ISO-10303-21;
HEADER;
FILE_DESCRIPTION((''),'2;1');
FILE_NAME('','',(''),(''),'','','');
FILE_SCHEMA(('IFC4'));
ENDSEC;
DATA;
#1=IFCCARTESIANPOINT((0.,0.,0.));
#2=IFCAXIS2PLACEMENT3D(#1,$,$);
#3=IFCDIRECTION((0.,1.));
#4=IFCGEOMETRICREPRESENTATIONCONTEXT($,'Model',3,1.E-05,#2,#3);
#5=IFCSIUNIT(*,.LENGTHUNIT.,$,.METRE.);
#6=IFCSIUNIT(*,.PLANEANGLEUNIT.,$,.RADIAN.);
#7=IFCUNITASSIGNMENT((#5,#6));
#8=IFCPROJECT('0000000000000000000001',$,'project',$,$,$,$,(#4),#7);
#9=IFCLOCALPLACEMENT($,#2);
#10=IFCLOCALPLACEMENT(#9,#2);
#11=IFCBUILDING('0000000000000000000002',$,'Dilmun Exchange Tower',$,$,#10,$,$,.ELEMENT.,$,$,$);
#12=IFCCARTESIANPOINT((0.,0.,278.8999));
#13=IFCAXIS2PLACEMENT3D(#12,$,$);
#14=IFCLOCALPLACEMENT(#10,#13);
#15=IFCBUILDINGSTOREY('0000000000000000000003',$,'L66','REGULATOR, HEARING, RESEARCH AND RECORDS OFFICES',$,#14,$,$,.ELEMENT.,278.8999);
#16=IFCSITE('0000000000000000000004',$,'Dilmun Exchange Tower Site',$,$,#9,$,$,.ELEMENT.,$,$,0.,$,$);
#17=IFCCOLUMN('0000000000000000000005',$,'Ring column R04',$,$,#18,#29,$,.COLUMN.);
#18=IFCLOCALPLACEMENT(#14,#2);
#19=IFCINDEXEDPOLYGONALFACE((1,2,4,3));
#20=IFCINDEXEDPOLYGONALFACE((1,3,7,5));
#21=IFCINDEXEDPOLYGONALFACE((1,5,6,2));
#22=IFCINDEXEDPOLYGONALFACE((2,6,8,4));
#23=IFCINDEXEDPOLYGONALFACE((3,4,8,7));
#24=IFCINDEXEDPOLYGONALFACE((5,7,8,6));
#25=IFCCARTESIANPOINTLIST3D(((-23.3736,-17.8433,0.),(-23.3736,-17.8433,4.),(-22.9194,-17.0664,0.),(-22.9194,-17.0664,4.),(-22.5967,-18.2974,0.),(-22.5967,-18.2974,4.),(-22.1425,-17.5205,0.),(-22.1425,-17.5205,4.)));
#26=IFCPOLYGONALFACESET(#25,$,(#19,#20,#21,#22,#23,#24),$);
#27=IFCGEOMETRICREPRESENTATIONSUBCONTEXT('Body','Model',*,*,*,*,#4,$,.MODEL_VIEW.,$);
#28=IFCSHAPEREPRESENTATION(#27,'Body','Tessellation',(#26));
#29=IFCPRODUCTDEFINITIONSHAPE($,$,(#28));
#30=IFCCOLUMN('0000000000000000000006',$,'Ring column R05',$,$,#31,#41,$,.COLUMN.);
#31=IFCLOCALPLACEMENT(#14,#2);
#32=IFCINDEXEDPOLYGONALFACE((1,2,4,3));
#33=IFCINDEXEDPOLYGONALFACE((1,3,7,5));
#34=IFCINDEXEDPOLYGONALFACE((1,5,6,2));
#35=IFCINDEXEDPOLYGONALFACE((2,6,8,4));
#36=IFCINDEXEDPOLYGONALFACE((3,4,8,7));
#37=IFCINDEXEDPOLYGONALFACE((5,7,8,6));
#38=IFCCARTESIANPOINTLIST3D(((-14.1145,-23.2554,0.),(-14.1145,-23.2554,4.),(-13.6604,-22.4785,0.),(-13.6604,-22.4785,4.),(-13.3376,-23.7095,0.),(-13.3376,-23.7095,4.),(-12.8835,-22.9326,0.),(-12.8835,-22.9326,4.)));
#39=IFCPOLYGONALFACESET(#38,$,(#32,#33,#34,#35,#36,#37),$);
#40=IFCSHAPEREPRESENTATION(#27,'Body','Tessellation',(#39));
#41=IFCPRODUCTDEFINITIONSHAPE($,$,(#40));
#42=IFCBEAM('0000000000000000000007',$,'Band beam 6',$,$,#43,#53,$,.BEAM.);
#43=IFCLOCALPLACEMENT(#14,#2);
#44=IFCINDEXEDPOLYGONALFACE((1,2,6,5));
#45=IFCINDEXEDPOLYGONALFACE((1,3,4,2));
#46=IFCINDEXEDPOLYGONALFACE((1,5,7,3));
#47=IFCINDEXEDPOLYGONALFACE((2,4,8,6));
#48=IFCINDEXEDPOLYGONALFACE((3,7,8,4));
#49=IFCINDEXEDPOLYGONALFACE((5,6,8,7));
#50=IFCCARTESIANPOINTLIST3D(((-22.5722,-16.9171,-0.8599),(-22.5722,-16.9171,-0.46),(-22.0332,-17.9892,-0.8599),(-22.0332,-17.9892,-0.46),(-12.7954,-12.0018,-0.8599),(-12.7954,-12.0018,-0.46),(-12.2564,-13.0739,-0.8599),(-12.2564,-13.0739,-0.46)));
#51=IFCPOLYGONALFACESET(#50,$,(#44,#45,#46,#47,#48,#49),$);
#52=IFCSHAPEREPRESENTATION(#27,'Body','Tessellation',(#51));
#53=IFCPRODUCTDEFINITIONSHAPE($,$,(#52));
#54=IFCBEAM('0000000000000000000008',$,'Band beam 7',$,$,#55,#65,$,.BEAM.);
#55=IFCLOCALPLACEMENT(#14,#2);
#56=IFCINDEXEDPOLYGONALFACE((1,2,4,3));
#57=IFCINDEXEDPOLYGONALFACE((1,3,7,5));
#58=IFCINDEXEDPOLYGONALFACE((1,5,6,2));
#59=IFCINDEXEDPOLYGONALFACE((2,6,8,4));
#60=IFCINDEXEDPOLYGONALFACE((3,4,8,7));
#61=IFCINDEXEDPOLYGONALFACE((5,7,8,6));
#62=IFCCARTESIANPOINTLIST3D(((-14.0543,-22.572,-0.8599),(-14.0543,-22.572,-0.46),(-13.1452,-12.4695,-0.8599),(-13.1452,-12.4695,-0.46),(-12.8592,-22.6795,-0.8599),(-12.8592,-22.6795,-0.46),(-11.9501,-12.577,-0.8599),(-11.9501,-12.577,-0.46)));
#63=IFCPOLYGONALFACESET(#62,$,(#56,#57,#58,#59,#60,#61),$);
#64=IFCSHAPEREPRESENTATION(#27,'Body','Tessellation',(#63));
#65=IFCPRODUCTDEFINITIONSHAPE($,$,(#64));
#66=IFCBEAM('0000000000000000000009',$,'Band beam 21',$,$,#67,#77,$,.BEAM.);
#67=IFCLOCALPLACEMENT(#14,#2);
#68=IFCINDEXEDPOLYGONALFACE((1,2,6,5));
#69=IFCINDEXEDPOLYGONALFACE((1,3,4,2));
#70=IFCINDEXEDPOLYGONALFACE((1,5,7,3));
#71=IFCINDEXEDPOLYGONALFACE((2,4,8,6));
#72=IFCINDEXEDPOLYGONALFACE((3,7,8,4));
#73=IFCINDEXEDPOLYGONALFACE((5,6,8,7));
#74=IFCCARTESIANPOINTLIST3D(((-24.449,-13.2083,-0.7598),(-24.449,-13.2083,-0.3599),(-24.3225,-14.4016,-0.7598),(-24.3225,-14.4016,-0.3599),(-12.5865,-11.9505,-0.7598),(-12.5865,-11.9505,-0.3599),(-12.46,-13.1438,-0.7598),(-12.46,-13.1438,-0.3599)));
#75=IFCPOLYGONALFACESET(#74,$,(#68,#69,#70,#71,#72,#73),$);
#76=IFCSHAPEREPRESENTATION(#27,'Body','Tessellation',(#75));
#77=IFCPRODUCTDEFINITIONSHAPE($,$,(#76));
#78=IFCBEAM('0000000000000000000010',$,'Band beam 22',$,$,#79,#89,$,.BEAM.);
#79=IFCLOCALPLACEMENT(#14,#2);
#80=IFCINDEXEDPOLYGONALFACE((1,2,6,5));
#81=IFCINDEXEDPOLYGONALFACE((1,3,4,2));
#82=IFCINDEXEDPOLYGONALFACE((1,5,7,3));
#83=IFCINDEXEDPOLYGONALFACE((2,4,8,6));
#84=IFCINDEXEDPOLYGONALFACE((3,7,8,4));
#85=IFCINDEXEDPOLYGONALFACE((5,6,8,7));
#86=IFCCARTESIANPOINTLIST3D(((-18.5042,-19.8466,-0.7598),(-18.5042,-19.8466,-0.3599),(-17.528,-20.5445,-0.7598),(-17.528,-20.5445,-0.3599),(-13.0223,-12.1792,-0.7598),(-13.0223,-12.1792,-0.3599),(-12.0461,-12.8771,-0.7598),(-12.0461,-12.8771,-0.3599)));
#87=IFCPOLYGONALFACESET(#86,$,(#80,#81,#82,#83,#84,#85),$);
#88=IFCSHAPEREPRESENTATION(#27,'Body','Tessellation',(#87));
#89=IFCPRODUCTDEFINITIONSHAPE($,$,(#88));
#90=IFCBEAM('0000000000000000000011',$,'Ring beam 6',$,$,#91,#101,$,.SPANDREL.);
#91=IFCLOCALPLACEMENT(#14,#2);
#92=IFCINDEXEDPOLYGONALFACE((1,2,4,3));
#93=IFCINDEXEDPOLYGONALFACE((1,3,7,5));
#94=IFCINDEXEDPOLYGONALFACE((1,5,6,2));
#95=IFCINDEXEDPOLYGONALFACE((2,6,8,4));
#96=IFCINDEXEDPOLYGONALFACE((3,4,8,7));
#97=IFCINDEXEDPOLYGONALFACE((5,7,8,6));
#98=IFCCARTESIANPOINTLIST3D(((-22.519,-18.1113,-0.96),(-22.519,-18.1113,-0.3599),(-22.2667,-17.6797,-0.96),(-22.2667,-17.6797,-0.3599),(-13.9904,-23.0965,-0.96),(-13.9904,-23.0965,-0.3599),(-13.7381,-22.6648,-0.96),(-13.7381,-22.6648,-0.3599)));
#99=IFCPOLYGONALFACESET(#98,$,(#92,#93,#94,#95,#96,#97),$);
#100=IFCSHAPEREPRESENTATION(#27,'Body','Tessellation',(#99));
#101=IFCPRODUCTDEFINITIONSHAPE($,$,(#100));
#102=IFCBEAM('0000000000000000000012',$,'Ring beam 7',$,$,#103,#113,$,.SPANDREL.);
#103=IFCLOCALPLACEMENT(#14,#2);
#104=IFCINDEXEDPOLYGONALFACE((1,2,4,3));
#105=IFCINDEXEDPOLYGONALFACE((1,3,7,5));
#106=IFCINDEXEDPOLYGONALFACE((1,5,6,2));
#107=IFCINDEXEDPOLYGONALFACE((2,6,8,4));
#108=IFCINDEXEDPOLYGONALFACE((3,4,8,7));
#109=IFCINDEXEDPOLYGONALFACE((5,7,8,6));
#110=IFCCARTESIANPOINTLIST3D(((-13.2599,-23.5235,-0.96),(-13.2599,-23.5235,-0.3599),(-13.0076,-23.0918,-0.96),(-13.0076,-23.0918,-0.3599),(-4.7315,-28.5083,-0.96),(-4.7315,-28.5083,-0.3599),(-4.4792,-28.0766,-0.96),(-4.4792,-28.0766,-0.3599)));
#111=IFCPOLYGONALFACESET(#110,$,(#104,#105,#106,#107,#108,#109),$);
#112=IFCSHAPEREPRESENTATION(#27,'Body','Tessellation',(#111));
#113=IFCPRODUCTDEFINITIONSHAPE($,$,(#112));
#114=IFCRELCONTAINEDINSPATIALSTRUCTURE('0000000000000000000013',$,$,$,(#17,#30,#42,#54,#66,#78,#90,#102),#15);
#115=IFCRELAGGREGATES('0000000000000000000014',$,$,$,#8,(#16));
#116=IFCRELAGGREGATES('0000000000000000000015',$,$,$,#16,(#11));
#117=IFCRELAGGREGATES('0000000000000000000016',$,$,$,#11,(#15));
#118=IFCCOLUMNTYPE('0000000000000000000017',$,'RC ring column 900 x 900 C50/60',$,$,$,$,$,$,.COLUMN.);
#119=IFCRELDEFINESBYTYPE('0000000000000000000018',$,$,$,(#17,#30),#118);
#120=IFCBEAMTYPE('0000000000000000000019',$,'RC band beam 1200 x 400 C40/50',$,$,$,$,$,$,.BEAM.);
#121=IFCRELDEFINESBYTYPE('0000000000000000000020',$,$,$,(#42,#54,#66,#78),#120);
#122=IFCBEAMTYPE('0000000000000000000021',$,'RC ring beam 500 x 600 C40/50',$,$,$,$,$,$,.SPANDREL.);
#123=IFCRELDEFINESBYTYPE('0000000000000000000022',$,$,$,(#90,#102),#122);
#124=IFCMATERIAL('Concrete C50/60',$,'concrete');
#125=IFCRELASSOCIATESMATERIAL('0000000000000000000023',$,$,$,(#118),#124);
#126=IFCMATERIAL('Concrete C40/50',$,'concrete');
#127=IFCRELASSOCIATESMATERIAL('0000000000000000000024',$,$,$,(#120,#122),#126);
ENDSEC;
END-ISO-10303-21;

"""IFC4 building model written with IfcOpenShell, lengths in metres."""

from ifc_helpers import new_model, si_unit, direction, frame, origin, origin_2d, place, context, subcontext, project, spatial, rectangle, extrude, material, material_profile, profile_set, type_object, element, save


model = new_model("IFC4")

# Units and contexts
model_context = context("Model", 3, precision=1e-05, world=origin(), true_north=direction((0.0, 1.0)))
body_context = subcontext(model_context, "Body", "Model", "MODEL_VIEW")
ifc_project = project(units=[si_unit("LENGTHUNIT", "METRE"), si_unit("PLANEANGLEUNIT", "RADIAN")], contexts=[model_context])

# Site, building, storey
site_placement = place(None, origin())
site = spatial("IfcSite", under=ifc_project, at=site_placement, Name="Dilmun Exchange Tower Site", CompositionType="ELEMENT", RefElevation=0.0)
building_placement = place(site_placement, origin())
building = spatial("IfcBuilding", under=site, at=building_placement, Name="Dilmun Exchange Tower", CompositionType="ELEMENT")
storey_placement = place(building_placement, frame((0.0, 0.0, 278.8999)))
storey = spatial("IfcBuildingStorey", under=building, at=storey_placement, Name="L66", Description="REGULATOR, HEARING, RESEARCH AND RECORDS OFFICES", CompositionType="ELEMENT", Elevation=278.8999)

# Columns
ifc_material_1 = material(Name="Concrete C50/60", Category="concrete")
ifc_material_profile_1 = material_profile(ifc_material_1, rectangle(XDim=0.8999, YDim=0.8999, at=origin_2d()), Name="900 x 900")
ifc_profile_set_1 = profile_set([ifc_material_profile_1], Name="Concrete C50/60")
column_type = type_object("IfcColumnType", Name="RC ring column 900 x 900 C50/60", PredefinedType="COLUMN", material=ifc_profile_set_1)
for number, where, z_axis, x_axis, name in (
    (1, (-22.7581, -17.6819, 0.0), (0.0, 0.0, 1.0), (0.504644, 0.863328, 0.0), "Ring column R04"),
    (2, (-13.499, -23.094, 0.0), (0.0, 0.0, 1.0), (0.504644, 0.863328, 0.0), "Ring column R05"),
):
    element("IfcColumn", number, at=place(storey_placement, frame(where, z_axis=z_axis, x_axis=x_axis)), inside=storey, type_object=column_type, Name=name, PredefinedType="COLUMN", context=body_context, shape_type="SweptSolid", body=[
        extrude(rectangle(XDim=0.8999, YDim=0.8999, at=origin_2d()), origin(), (0.0, 0.0, 1.0), 4.0),
    ])

# Beams
ifc_material_2 = material(Name="Concrete C40/50", Category="concrete")
ifc_material_profile_2 = material_profile(ifc_material_2, rectangle(XDim=1.2, YDim=0.3999, at=origin_2d()), Name="1200 x 400")
ifc_profile_set_2 = profile_set([ifc_material_profile_2], Name="Concrete C40/50")
beam_type_1 = type_object("IfcBeamType", Name="RC band beam 1200 x 400 C40/50", PredefinedType="BEAM", material=ifc_profile_set_2)
beam_1_placement = place(storey_placement, frame((-22.3027, -17.4531, -0.6599), z_axis=(0.893443, 0.449176, 0.0), x_axis=(-0.449176, 0.893443, 0.0)))
element("IfcBeam", 3, at=beam_1_placement, inside=storey, type_object=beam_type_1, Name="Band beam 6", PredefinedType="BEAM", context=body_context, shape_type="SweptSolid", body=[
    extrude(rectangle(XDim=1.2, YDim=0.3999, at=origin_2d()), origin(), (0.0, 0.0, 1.0), 10.9429),
])
beam_2_placement = place(storey_placement, frame((-13.4568, -22.6257, -0.6599), z_axis=(0.089633, 0.995975, 0.0), x_axis=(-0.995975, 0.089633, 0.0)))
element("IfcBeam", 4, at=beam_2_placement, inside=storey, type_object=beam_type_1, Name="Band beam 7", PredefinedType="BEAM", context=body_context, shape_type="SweptSolid", body=[
    extrude(rectangle(XDim=1.2, YDim=0.3999, at=origin_2d()), origin(), (0.0, 0.0, 1.0), 10.1433),
])
beam_3_placement = place(storey_placement, frame((-24.3857, -13.8049, -0.5598), z_axis=(0.994426, 0.105441, 0.0), x_axis=(-0.105441, 0.994426, 0.0)))
element("IfcBeam", 5, at=beam_3_placement, inside=storey, type_object=beam_type_1, Name="Band beam 21", PredefinedType="BEAM", context=body_context, shape_type="SweptSolid", body=[
    extrude(rectangle(XDim=1.2, YDim=0.3999, at=origin_2d()), origin(), (0.0, 0.0, 1.0), 11.929),
])
beam_4_placement = place(storey_placement, frame((-18.0161, -20.1956, -0.5598), z_axis=(0.581601, 0.813474, 0.0), x_axis=(-0.813474, 0.581601, 0.0)))
element("IfcBeam", 6, at=beam_4_placement, inside=storey, type_object=beam_type_1, Name="Band beam 22", PredefinedType="BEAM", context=body_context, shape_type="SweptSolid", body=[
    extrude(rectangle(XDim=1.2, YDim=0.3999, at=origin_2d()), origin(), (0.0, 0.0, 1.0), 9.4255),
])
ifc_material_profile_3 = material_profile(ifc_material_2, rectangle(XDim=0.5, YDim=0.6001, at=origin_2d()), Name="500 x 600")
ifc_profile_set_3 = profile_set([ifc_material_profile_3], Name="Concrete C40/50")
beam_type_2 = type_object("IfcBeamType", Name="RC ring beam 500 x 600 C40/50", PredefinedType="SPANDREL", material=ifc_profile_set_3)
beam_5_placement = place(storey_placement, frame((-22.3928, -17.8955, -0.6599), z_axis=(0.863333, -0.504635, 0.0), x_axis=(0.504635, 0.863333, 0.0)))
element("IfcBeam", 7, at=beam_5_placement, inside=storey, type_object=beam_type_2, Name="Ring beam 6", PredefinedType="SPANDREL", context=body_context, shape_type="SweptSolid", body=[
    extrude(rectangle(XDim=0.5, YDim=0.6001, at=origin_2d()), origin(), (0.0, 0.0, 1.0), 9.8787),
])
beam_6_placement = place(storey_placement, frame((-13.1338, -23.3076, -0.6599), z_axis=(0.863344, -0.504616, 0.0), x_axis=(0.504616, 0.863344, 0.0)))
element("IfcBeam", 8, at=beam_6_placement, inside=storey, type_object=beam_type_2, Name="Ring beam 7", PredefinedType="SPANDREL", context=body_context, shape_type="SweptSolid", body=[
    extrude(rectangle(XDim=0.5, YDim=0.6001, at=origin_2d()), origin(), (0.0, 0.0, 1.0), 9.8784),
])

save(model, "model.ifc")
